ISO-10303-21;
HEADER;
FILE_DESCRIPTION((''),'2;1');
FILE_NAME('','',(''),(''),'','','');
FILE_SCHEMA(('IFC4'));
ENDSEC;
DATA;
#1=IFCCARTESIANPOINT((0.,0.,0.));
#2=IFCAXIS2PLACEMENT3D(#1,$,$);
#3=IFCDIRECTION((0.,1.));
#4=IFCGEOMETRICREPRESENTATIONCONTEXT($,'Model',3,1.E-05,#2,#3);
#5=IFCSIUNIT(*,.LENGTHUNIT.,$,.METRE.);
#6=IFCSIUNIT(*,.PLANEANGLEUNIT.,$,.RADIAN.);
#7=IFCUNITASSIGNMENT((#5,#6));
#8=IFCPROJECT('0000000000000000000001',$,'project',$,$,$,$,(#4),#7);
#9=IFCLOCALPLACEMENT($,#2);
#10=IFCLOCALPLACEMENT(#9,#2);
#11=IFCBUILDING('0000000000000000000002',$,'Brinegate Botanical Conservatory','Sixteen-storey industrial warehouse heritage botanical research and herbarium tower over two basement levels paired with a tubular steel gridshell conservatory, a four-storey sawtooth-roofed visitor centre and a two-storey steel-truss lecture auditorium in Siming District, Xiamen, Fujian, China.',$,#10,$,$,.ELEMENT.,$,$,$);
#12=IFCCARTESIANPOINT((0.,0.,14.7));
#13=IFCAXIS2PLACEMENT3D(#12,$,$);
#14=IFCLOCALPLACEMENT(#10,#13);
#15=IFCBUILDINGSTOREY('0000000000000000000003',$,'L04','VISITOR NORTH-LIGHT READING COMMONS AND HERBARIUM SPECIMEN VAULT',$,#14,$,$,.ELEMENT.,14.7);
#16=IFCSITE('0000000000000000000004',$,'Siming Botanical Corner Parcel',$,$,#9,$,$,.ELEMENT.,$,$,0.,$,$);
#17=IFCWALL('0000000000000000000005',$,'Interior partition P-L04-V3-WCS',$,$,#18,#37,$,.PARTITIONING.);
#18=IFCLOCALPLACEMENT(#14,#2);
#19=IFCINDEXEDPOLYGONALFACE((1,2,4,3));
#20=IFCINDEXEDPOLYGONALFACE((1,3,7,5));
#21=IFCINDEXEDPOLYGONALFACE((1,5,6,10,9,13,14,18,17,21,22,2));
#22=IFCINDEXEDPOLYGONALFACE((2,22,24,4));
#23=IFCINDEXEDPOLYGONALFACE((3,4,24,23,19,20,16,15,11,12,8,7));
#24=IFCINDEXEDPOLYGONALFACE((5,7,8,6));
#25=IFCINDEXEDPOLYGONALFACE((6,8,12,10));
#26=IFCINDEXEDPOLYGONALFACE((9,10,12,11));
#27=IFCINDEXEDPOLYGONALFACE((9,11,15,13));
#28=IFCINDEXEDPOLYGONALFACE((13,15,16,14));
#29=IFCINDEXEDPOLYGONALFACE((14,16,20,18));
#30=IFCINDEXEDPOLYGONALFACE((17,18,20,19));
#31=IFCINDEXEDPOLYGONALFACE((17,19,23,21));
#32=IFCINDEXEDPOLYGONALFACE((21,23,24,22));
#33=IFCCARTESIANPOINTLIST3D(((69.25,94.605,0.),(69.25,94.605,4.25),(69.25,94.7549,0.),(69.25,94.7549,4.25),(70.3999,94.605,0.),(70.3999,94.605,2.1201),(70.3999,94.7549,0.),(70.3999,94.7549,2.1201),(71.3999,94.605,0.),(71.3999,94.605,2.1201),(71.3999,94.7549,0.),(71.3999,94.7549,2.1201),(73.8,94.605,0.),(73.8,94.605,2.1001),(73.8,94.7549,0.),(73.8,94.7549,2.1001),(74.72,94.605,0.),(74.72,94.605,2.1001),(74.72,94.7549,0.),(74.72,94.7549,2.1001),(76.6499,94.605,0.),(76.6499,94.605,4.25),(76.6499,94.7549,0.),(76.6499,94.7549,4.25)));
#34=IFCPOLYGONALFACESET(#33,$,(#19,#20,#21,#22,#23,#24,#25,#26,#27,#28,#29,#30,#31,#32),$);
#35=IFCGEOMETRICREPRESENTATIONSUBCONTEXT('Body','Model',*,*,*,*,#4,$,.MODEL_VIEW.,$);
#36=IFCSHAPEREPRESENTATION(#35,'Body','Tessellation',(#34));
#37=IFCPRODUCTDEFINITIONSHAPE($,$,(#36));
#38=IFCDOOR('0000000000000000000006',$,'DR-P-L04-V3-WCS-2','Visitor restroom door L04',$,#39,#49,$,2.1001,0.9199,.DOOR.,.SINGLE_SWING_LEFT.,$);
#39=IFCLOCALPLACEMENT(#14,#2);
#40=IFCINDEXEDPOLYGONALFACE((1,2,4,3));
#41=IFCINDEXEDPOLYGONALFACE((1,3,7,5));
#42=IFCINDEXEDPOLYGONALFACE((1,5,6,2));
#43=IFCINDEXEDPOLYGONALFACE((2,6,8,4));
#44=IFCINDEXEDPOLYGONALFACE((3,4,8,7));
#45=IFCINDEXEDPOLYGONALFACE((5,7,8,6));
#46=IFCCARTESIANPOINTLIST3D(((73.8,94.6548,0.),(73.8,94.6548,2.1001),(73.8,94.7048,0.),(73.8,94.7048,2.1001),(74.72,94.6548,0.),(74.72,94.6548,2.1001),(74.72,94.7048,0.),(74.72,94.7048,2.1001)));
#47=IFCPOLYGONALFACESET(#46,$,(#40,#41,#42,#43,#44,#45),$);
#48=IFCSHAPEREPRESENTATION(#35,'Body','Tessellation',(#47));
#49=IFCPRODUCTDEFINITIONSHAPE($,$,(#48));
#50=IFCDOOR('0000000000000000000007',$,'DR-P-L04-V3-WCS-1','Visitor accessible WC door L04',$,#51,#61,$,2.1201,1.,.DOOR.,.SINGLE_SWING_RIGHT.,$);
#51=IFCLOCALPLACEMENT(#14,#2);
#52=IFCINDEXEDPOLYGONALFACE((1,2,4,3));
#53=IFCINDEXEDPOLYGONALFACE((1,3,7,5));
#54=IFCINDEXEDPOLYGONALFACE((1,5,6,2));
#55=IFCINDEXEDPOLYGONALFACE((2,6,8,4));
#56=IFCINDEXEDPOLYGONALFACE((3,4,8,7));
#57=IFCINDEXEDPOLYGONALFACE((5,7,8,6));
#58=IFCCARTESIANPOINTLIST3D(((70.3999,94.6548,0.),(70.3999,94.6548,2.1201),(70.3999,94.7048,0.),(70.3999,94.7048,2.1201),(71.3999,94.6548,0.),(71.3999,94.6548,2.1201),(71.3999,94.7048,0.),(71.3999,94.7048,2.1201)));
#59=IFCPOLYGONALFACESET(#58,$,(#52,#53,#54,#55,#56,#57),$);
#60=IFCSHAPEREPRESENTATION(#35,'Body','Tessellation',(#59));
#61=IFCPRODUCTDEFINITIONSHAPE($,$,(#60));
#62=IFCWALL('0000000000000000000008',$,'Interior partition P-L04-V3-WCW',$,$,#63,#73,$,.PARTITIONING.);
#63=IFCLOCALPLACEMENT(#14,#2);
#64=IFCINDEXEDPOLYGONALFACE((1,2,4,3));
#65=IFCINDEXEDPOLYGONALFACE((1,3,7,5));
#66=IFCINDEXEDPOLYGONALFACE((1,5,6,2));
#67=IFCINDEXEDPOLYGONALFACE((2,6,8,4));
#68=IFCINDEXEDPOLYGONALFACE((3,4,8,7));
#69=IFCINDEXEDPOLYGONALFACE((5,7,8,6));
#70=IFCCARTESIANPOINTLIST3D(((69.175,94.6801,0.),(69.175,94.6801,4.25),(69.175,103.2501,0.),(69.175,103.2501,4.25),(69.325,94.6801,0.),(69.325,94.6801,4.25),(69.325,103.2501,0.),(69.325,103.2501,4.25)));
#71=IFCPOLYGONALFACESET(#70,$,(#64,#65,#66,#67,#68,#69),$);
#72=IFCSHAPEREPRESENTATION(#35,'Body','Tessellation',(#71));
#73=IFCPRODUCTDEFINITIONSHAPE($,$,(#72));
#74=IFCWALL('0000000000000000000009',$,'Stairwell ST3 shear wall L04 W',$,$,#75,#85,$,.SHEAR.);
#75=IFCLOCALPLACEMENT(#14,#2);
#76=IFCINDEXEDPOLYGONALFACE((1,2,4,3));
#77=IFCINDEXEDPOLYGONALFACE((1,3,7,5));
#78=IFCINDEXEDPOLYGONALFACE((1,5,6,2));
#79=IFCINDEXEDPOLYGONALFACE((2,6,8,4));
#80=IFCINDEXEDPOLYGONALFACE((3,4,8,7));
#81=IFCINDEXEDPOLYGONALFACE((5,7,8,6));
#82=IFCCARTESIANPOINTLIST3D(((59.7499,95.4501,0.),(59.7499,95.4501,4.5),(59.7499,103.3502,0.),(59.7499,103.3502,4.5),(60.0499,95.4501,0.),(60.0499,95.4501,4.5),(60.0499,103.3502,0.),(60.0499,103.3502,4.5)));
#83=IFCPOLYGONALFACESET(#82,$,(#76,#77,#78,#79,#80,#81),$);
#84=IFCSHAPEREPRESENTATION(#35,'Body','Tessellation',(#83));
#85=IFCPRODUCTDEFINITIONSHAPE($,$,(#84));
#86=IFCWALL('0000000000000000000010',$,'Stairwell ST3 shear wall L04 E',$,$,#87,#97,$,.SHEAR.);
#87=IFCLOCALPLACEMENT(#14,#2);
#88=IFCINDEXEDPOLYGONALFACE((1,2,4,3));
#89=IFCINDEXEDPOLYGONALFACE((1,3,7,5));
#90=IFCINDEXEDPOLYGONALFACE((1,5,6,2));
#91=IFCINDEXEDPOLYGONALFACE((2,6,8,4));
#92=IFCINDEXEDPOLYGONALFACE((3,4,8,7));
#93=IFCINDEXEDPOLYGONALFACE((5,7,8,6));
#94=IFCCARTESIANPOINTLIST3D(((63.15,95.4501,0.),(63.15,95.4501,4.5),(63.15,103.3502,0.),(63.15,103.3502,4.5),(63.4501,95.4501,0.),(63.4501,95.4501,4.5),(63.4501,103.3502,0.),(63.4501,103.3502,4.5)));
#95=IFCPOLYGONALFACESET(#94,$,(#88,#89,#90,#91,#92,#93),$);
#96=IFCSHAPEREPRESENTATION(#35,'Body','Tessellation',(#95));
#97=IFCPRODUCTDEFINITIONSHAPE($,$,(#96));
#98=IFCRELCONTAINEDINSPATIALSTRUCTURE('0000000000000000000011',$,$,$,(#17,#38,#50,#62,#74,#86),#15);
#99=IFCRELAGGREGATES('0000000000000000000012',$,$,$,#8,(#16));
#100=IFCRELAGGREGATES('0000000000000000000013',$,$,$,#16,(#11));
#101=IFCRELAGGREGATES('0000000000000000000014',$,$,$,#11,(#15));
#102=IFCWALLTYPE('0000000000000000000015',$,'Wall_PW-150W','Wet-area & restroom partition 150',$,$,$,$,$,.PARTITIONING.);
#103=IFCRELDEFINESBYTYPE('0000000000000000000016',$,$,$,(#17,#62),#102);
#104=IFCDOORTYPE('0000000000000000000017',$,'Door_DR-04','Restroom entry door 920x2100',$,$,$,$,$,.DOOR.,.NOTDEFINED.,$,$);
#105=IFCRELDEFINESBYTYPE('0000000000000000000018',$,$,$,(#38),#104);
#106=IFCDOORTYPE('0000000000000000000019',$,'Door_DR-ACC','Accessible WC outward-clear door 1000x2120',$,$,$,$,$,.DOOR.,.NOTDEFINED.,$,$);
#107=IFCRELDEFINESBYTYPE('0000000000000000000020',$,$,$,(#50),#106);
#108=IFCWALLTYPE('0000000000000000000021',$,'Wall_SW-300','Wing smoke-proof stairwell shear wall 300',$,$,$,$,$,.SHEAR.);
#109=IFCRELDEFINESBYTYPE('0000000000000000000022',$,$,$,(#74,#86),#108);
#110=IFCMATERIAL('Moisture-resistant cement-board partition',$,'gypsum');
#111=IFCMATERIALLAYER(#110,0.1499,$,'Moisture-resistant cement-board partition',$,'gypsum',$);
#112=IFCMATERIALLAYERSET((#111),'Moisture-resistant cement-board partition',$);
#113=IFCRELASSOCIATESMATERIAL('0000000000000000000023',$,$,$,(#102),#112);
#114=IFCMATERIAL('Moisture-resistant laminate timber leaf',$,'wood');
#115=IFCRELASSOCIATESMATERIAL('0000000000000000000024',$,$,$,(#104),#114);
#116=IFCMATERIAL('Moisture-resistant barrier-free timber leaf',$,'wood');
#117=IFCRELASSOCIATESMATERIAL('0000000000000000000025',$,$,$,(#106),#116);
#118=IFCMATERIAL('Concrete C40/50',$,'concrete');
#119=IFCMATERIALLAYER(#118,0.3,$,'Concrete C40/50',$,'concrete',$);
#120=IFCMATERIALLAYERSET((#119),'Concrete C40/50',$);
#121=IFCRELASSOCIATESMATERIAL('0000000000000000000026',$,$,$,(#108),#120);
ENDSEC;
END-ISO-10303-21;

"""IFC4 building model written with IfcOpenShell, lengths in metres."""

from ifc_helpers import new_model, si_unit, direction, frame, frame_2d, origin, place, context, subcontext, project, spatial, rectangle, extrude, material, layer, layer_set, type_object, element, fill, save


model = new_model("IFC4")

# Units and contexts
model_context = context("Model", 3, precision=1e-05, world=origin(), true_north=direction((0.0, 1.0)))
body_context = subcontext(model_context, "Body", "Model", "MODEL_VIEW")
ifc_project = project(units=[si_unit("LENGTHUNIT", "METRE"), si_unit("PLANEANGLEUNIT", "RADIAN")], contexts=[model_context])

# Site, building, storey
site_placement = place(None, origin())
site = spatial("IfcSite", under=ifc_project, at=site_placement, Name="Siming Botanical Corner Parcel", CompositionType="ELEMENT", RefElevation=0.0)
building_placement = place(site_placement, origin())
building = spatial("IfcBuilding", under=site, at=building_placement, Name="Brinegate Botanical Conservatory", Description="Sixteen-storey industrial warehouse heritage botanical research and herbarium tower over two basement levels paired with a tubular steel gridshell conservatory, a four-storey sawtooth-roofed visitor centre and a two-storey steel-truss lecture auditorium in Siming District, Xiamen, Fujian, China.", CompositionType="ELEMENT")
storey_placement = place(building_placement, frame((0.0, 0.0, 14.7)))
storey = spatial("IfcBuildingStorey", under=building, at=storey_placement, Name="L04", Description="VISITOR NORTH-LIGHT READING COMMONS AND HERBARIUM SPECIMEN VAULT", CompositionType="ELEMENT", Elevation=14.7)

# Shared definitions
ifc_material_1 = material(Name="Concrete C40/50", Category="concrete")

# Wall, openings, doors
ifc_material_2 = material(Name="Moisture-resistant cement-board partition", Category="gypsum")
ifc_layer_1 = layer(ifc_material_2, 0.1499, Name="Moisture-resistant cement-board partition", Category="gypsum")
ifc_layer_set_1 = layer_set([ifc_layer_1], Name="Moisture-resistant cement-board partition")
wall_type_1 = type_object("IfcWallType", Name="Wall_PW-150W", Description="Wet-area & restroom partition 150", PredefinedType="PARTITIONING", material=ifc_layer_set_1)
wall_1_placement = place(storey_placement, frame((69.25, 94.6799, 0.0), z_axis=(0.0, 0.0, 1.0), x_axis=(1.0, 0.0, 0.0)))
wall_1 = element("IfcWall", 1, at=wall_1_placement, inside=storey, type_object=wall_type_1, Name="Interior partition P-L04-V3-WCS", PredefinedType="PARTITIONING", context=body_context, shape_type="SweptSolid", body=[
    extrude(rectangle(XDim=7.3999, YDim=0.1499, at=frame_2d((3.7, 0.0))), origin(), (0.0, 0.0, 1.0), 4.25),
])
opening_1_placement = place(wall_1_placement, frame((1.1499, 0.0, 0.0)))
opening_1 = element("IfcOpeningElement", 2, at=opening_1_placement, cuts=wall_1, PredefinedType="OPENING", context=body_context, shape_type="SweptSolid", body=[
    extrude(rectangle(XDim=1.0, YDim=2.1201, at=frame_2d((0.5, 1.0601))), frame((0.0, 0.085, 0.0), z_axis=(0.0, -1.0, 0.0), x_axis=(1.0, 0.0, 0.0)), (0.0, 0.0, 1.0), 0.1699),
])
opening_2_placement = place(wall_1_placement, frame((4.55, 0.0, 0.0)))
opening_2 = element("IfcOpeningElement", 3, at=opening_2_placement, cuts=wall_1, PredefinedType="OPENING", context=body_context, shape_type="SweptSolid", body=[
    extrude(rectangle(XDim=0.9199, YDim=2.1001, at=frame_2d((0.46, 1.05))), frame((0.0, 0.085, 0.0), z_axis=(0.0, -1.0, 0.0), x_axis=(1.0, 0.0, 0.0)), (0.0, 0.0, 1.0), 0.1699),
])
ifc_material_3 = material(Name="Moisture-resistant laminate timber leaf", Category="wood")
door_type_1 = type_object("IfcDoorType", Name="Door_DR-04", Description="Restroom entry door 920x2100", OperationType="NOTDEFINED", PredefinedType="DOOR", material=ifc_material_3)
door_1_placement = place(opening_2_placement, origin())
door_1 = element("IfcDoor", 4, at=door_1_placement, inside=storey, type_object=door_type_1, Name="DR-P-L04-V3-WCS-2", Description="Visitor restroom door L04", OperationType="SINGLE_SWING_LEFT", OverallHeight=2.1001, OverallWidth=0.9199, PredefinedType="DOOR", context=body_context, shape_type="SweptSolid", body=[
    extrude(rectangle(XDim=0.9199, YDim=2.1001, at=frame_2d((0.46, 1.05))), frame((0.0, 0.0249, 0.0), z_axis=(0.0, -1.0, 0.0), x_axis=(1.0, 0.0, 0.0)), (0.0, 0.0, 1.0), 0.05),
])
fill(opening_2, door_1)
ifc_material_4 = material(Name="Moisture-resistant barrier-free timber leaf", Category="wood")
door_type_2 = type_object("IfcDoorType", Name="Door_DR-ACC", Description="Accessible WC outward-clear door 1000x2120", OperationType="NOTDEFINED", PredefinedType="DOOR", material=ifc_material_4)
door_2_placement = place(opening_1_placement, origin())
door_2 = element("IfcDoor", 5, at=door_2_placement, inside=storey, type_object=door_type_2, Name="DR-P-L04-V3-WCS-1", Description="Visitor accessible WC door L04", OperationType="SINGLE_SWING_RIGHT", OverallHeight=2.1201, OverallWidth=1.0, PredefinedType="DOOR", context=body_context, shape_type="SweptSolid", body=[
    extrude(rectangle(XDim=1.0, YDim=2.1201, at=frame_2d((0.5, 1.0601))), frame((0.0, 0.0249, 0.0), z_axis=(0.0, -1.0, 0.0), x_axis=(1.0, 0.0, 0.0)), (0.0, 0.0, 1.0), 0.05),
])
fill(opening_1, door_2)

# Wall
wall_2_placement = place(storey_placement, frame((69.25, 94.6799, 0.0), z_axis=(0.0, 0.0, 1.0), x_axis=(0.0, 1.0, 0.0)))
element("IfcWall", 6, at=wall_2_placement, inside=storey, type_object=wall_type_1, Name="Interior partition P-L04-V3-WCW", PredefinedType="PARTITIONING", context=body_context, shape_type="SweptSolid", body=[
    extrude(rectangle(XDim=8.5701, YDim=0.1499, at=frame_2d((4.2852, 0.0))), origin(), (0.0, 0.0, 1.0), 4.25),
])

# Shared definitions
ifc_layer_2 = layer(ifc_material_1, 0.3, Name="Concrete C40/50", Category="concrete")
ifc_layer_set_2 = layer_set([ifc_layer_2], Name="Concrete C40/50")
wall_type_2 = type_object("IfcWallType", Name="Wall_SW-300", Description="Wing smoke-proof stairwell shear wall 300", PredefinedType="SHEAR", material=ifc_layer_set_2)

# Walls
for number, where, z_axis, x_axis, name in (
    (7, (59.8999, 95.45, 0.0), (0.0, 0.0, 1.0), (0.0, 1.0, 0.0), "Stairwell ST3 shear wall L04 W"),
    (8, (63.3, 95.45, 0.0), (0.0, 0.0, 1.0), (0.0, 1.0, 0.0), "Stairwell ST3 shear wall L04 E"),
):
    element("IfcWall", number, at=place(storey_placement, frame(where, z_axis=z_axis, x_axis=x_axis)), inside=storey, type_object=wall_type_2, Name=name, PredefinedType="SHEAR", context=body_context, shape_type="SweptSolid", body=[
        extrude(rectangle(XDim=7.9001, YDim=0.3, at=frame_2d((3.9502, 0.0))), origin(), (0.0, 0.0, 1.0), 4.5),
    ])

save(model, "model.ifc")
